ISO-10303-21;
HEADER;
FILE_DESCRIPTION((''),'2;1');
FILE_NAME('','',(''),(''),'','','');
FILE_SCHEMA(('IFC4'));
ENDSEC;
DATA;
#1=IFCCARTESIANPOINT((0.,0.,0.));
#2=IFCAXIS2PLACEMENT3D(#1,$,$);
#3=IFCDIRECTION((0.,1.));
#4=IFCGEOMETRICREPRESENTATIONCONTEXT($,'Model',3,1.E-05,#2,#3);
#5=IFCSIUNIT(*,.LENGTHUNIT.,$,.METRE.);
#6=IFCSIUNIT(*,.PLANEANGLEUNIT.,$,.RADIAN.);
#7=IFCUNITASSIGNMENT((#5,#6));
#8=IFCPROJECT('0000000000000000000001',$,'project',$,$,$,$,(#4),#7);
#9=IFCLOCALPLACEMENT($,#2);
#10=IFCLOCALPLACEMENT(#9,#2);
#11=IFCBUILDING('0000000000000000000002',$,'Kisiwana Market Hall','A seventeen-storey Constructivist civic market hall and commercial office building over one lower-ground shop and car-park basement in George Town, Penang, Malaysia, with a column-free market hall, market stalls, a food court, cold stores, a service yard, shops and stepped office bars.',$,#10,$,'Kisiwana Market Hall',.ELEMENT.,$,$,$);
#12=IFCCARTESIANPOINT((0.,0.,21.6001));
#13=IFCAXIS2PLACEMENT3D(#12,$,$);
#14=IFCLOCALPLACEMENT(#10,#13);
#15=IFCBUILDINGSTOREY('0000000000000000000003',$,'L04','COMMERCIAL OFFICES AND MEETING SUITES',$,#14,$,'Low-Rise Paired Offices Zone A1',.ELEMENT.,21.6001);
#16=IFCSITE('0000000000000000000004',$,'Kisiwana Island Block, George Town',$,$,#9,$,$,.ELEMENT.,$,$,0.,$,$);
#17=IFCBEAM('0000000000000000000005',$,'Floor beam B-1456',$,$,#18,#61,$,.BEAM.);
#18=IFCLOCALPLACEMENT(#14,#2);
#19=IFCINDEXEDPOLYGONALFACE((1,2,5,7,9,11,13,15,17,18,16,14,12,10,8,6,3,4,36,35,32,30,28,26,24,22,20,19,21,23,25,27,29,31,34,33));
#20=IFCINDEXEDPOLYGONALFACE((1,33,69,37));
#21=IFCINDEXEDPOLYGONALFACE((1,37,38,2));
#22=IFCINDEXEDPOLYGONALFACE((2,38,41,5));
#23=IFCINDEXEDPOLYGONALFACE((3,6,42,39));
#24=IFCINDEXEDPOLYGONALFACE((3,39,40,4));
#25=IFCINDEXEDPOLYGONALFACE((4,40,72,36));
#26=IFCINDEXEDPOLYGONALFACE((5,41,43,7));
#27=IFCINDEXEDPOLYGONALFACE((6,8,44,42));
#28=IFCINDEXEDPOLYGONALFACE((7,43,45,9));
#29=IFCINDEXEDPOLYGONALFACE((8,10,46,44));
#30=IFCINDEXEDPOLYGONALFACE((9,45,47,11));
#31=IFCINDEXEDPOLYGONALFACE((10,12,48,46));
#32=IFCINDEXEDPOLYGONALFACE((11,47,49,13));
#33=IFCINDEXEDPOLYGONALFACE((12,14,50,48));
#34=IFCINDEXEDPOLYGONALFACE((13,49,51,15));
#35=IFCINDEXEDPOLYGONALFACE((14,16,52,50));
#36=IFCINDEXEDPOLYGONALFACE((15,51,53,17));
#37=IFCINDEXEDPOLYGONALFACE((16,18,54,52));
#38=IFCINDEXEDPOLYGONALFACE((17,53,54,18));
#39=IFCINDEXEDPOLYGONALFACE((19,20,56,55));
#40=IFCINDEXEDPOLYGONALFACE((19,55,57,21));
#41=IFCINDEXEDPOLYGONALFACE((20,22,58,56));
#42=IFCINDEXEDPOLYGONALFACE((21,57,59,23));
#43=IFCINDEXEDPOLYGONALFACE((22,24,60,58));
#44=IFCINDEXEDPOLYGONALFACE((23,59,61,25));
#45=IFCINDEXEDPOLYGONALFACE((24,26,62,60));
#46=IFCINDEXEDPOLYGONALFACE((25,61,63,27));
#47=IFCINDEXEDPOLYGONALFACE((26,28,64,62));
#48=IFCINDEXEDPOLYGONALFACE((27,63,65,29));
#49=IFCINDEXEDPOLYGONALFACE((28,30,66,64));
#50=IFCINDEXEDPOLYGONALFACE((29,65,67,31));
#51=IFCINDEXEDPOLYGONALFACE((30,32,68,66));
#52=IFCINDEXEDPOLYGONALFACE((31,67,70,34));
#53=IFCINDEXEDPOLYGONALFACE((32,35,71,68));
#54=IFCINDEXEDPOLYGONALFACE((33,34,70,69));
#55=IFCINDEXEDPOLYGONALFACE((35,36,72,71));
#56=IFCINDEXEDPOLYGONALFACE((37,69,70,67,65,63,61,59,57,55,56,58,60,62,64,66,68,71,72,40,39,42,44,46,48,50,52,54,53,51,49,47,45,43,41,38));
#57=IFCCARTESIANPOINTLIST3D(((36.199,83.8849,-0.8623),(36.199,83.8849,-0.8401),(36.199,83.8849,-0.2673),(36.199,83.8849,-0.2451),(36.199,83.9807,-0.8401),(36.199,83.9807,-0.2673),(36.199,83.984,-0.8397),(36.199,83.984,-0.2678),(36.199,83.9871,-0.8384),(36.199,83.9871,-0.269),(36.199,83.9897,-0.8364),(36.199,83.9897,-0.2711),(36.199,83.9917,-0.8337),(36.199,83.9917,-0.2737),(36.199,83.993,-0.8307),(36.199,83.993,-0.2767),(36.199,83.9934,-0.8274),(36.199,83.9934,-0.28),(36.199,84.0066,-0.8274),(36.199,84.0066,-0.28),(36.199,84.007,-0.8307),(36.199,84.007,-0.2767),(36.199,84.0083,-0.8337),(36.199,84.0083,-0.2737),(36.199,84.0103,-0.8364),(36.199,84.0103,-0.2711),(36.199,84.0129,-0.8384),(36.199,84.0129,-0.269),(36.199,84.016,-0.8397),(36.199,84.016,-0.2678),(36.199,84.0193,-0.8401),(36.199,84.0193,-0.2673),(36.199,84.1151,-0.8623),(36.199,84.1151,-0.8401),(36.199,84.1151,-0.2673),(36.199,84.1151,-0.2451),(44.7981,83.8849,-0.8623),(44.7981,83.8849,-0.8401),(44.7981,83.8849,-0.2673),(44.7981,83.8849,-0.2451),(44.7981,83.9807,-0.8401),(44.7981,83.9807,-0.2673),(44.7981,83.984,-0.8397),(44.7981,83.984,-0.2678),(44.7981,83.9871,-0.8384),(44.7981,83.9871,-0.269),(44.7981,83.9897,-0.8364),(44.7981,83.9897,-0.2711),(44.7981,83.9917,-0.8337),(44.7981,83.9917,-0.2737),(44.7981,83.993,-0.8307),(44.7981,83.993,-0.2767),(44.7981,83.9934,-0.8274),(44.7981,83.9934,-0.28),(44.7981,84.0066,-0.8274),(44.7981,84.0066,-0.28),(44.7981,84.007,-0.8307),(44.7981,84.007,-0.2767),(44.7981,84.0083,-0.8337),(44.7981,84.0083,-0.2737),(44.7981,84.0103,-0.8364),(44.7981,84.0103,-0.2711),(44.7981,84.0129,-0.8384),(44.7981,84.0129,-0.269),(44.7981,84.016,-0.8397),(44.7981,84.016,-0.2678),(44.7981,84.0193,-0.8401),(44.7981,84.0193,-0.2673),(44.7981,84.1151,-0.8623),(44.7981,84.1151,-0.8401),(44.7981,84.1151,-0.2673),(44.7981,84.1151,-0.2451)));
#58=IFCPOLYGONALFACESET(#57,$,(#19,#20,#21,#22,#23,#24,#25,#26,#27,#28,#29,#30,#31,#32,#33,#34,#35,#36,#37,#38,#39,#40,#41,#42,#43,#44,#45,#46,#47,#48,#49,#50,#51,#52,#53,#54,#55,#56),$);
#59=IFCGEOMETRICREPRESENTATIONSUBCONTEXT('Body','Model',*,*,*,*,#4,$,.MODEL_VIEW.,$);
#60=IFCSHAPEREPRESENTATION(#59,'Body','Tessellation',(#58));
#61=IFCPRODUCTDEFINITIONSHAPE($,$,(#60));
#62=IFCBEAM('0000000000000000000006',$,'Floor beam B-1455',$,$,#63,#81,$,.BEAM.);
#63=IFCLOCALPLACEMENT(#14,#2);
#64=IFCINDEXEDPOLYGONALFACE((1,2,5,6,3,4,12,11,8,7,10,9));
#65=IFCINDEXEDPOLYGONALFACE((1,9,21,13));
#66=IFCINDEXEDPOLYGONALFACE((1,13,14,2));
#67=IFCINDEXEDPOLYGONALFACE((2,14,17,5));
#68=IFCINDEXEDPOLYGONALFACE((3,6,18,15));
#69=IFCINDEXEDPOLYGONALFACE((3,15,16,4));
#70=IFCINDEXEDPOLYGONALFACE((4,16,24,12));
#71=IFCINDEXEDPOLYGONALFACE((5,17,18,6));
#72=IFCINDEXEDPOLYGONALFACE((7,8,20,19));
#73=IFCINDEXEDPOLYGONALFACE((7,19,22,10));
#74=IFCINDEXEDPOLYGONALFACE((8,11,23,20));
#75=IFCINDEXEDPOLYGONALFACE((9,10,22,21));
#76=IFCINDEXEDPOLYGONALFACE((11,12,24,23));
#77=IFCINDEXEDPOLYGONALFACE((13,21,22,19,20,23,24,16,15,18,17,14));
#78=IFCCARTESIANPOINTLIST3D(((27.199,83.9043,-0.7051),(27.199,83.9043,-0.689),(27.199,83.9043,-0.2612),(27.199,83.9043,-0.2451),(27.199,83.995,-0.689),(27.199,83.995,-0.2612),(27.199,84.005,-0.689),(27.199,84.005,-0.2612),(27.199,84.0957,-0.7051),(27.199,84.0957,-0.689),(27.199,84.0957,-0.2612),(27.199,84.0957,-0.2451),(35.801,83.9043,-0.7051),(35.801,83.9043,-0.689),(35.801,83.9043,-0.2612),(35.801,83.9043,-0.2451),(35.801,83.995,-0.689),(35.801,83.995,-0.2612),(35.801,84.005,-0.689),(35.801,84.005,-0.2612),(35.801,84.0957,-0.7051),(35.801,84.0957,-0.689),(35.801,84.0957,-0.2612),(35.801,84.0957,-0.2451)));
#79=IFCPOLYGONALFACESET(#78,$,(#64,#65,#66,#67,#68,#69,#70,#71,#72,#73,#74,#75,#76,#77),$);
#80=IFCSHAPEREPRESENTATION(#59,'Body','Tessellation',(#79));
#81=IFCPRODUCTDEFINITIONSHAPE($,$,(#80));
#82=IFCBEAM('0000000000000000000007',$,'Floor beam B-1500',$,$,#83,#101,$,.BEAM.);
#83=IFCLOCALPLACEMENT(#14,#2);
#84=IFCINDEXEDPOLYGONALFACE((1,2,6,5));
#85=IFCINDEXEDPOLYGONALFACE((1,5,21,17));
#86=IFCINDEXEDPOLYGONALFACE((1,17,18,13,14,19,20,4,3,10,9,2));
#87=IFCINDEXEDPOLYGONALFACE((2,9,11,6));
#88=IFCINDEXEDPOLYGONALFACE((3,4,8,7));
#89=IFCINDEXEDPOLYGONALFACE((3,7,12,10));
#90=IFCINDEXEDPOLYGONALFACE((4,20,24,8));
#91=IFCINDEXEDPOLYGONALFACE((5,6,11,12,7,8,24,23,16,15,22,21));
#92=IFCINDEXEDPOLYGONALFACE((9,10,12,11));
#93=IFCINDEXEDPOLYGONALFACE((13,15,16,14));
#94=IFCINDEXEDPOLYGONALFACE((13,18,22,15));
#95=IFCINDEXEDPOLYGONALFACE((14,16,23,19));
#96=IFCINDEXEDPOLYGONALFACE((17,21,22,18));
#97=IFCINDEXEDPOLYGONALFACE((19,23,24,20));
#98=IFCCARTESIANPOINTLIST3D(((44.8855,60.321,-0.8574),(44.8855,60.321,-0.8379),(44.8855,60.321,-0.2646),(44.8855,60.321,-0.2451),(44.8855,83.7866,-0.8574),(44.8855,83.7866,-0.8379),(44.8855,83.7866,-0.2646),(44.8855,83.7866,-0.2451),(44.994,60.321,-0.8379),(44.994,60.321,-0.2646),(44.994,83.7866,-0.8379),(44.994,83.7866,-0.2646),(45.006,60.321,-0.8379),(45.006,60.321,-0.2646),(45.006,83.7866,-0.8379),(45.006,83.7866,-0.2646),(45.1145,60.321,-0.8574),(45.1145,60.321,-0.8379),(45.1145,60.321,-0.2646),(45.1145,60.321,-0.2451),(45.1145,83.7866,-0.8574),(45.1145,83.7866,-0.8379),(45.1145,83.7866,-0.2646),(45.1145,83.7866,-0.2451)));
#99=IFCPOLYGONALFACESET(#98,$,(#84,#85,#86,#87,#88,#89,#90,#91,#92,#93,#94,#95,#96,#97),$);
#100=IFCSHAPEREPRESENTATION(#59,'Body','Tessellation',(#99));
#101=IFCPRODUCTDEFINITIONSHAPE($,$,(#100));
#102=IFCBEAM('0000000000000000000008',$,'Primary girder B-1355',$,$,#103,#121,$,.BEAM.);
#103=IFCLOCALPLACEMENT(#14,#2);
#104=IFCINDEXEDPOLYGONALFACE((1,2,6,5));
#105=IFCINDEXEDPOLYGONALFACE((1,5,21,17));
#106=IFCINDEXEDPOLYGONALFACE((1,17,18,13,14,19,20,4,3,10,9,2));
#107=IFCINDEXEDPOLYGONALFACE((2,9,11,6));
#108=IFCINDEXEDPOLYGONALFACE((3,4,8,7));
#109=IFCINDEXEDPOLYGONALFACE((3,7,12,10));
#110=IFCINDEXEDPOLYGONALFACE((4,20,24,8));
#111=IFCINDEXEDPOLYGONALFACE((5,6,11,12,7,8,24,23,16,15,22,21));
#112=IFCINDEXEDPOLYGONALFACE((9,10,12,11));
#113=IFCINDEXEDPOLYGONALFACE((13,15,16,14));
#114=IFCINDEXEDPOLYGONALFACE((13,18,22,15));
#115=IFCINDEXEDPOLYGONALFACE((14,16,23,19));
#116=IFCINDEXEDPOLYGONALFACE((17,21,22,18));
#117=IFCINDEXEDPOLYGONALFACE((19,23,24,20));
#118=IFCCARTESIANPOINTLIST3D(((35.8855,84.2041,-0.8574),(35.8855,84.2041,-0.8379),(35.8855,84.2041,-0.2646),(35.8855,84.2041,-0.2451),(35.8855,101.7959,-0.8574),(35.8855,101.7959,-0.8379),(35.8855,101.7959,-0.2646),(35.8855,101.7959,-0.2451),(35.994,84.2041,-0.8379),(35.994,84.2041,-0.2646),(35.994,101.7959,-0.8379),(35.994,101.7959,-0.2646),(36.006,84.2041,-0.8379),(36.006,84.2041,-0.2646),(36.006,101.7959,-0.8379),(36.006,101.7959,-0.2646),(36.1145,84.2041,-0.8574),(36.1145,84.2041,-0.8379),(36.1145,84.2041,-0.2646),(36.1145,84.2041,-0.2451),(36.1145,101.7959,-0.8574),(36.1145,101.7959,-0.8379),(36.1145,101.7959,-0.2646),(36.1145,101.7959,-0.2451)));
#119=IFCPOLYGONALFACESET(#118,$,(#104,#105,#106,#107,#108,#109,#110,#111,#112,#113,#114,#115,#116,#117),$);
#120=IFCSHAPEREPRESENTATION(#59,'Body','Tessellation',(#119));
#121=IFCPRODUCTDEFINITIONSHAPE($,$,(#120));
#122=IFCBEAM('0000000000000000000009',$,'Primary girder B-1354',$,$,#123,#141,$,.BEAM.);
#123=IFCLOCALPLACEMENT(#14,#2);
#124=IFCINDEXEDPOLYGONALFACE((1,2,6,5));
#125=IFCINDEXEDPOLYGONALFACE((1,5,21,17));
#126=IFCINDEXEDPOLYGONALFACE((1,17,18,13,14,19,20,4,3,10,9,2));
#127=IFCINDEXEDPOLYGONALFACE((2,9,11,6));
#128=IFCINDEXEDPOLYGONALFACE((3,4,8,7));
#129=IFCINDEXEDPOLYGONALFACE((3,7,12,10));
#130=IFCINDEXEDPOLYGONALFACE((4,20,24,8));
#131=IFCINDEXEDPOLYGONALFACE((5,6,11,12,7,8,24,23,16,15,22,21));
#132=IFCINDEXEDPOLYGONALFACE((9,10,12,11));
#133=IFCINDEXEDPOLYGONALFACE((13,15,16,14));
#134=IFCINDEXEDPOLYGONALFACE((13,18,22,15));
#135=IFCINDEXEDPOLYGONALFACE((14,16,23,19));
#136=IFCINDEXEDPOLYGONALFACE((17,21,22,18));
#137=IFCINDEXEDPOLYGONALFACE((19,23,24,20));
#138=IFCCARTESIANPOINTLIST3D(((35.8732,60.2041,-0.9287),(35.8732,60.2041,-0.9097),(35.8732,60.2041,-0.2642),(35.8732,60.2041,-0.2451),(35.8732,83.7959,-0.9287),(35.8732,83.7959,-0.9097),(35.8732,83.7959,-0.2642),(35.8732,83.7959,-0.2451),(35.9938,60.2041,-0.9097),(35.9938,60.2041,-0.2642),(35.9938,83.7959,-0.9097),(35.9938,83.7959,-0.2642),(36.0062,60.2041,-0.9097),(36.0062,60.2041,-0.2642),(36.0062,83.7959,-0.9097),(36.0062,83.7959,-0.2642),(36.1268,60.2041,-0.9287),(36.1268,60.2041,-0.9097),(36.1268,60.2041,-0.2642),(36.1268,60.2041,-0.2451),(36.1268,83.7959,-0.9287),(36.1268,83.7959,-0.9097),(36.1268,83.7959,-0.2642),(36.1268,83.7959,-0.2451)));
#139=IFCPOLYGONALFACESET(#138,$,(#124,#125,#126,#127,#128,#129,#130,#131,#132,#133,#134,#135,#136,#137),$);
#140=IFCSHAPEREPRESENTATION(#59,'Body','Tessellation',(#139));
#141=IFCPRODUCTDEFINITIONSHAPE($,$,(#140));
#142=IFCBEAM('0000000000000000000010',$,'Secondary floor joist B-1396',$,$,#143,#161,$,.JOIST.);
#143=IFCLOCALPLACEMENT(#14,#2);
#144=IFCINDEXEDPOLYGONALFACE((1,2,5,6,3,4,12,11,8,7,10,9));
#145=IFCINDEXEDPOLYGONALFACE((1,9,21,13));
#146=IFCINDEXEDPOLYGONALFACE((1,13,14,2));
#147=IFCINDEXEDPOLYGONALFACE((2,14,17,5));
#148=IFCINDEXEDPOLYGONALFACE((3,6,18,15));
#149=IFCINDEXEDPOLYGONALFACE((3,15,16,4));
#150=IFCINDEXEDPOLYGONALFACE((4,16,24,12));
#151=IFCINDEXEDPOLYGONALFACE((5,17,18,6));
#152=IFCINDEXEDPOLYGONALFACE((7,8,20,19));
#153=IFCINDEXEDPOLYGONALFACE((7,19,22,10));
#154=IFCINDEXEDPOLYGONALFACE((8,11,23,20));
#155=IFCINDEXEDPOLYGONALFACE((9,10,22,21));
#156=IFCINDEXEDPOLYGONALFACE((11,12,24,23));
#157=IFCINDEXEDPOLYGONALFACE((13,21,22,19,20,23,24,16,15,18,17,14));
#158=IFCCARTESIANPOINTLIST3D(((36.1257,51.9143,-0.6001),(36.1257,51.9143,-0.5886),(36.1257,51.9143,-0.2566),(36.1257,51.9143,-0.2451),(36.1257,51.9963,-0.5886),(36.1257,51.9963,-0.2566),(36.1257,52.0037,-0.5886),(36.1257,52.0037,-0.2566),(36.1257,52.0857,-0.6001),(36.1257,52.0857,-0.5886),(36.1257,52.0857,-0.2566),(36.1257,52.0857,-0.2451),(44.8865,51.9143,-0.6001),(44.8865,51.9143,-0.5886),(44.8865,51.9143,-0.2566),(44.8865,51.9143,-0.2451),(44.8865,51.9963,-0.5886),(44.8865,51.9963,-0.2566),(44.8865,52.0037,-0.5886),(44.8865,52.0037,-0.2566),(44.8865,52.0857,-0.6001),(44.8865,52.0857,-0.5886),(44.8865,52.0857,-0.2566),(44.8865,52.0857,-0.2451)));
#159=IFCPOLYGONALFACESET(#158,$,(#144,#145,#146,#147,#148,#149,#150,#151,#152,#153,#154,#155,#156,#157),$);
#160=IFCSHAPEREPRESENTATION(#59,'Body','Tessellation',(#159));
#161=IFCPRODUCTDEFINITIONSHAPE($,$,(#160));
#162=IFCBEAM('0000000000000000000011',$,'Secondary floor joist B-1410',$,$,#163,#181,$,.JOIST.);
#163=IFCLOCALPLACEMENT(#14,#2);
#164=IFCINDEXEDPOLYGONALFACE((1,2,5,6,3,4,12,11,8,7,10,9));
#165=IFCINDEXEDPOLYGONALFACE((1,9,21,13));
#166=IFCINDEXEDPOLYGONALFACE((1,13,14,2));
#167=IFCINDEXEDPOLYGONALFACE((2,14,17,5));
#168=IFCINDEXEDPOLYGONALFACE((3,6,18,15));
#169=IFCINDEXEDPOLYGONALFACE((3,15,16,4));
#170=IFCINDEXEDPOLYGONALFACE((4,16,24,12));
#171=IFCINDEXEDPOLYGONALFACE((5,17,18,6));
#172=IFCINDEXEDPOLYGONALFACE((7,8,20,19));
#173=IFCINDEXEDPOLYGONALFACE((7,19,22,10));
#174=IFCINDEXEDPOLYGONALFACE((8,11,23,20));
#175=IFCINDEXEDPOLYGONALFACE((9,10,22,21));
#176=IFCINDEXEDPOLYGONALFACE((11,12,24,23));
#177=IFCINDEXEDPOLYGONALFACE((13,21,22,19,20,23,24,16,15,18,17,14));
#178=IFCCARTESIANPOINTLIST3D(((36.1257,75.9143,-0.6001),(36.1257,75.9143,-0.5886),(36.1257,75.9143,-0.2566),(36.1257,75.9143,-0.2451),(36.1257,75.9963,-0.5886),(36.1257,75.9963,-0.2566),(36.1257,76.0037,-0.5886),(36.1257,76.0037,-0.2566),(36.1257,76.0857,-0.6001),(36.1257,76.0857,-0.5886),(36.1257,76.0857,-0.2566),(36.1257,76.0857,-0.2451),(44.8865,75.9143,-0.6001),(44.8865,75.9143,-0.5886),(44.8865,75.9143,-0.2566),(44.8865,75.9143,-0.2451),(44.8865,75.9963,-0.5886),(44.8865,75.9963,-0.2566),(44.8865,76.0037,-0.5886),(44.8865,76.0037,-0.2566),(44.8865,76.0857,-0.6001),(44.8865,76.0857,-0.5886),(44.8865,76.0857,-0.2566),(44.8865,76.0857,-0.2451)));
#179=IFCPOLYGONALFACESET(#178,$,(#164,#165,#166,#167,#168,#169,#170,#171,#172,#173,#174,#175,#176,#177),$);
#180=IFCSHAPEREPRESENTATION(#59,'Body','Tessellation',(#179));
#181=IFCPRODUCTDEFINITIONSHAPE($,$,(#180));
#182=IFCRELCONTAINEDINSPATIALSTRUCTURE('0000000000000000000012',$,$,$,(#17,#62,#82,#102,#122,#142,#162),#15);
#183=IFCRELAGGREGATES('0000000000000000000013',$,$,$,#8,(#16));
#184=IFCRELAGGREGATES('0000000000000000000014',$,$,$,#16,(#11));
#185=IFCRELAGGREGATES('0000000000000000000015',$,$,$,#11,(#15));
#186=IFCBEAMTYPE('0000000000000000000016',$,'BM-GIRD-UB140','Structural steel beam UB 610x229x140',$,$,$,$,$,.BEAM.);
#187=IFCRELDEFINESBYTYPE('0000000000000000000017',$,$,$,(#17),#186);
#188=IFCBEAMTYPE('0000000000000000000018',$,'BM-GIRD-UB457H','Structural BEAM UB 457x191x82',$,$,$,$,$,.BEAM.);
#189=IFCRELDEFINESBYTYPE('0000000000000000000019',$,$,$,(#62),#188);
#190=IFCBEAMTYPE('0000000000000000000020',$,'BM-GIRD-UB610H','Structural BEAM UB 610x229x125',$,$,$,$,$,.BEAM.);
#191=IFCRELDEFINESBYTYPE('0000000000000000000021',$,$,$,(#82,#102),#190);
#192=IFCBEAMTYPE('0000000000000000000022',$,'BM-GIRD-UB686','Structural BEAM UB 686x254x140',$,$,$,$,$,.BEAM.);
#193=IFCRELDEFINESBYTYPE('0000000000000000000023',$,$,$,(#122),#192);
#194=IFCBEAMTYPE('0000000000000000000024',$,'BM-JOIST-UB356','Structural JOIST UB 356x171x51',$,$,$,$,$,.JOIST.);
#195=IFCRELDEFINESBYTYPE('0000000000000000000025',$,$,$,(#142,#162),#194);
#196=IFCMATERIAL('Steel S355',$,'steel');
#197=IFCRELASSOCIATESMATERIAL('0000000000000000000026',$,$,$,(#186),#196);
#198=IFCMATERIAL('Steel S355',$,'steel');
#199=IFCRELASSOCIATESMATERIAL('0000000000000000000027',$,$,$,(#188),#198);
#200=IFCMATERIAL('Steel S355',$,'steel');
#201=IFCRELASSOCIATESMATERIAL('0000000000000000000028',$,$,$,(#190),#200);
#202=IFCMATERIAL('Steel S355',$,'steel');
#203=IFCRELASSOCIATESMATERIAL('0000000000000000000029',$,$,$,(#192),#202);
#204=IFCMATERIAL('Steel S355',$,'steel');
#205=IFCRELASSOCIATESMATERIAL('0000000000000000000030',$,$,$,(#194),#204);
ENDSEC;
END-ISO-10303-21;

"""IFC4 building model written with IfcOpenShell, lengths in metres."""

from ifc_helpers import new_model, si_unit, direction, frame, origin, origin_2d, place, context, subcontext, project, spatial, i_section, extrude, material, material_profile, profile_set, type_object, element, save


model = new_model("IFC4")

# Units and contexts
model_context = context("Model", 3, precision=1e-05, world=origin(), true_north=direction((0.0, 1.0)))
body_context = subcontext(model_context, "Body", "Model", "MODEL_VIEW")
ifc_project = project(units=[si_unit("LENGTHUNIT", "METRE"), si_unit("PLANEANGLEUNIT", "RADIAN")], contexts=[model_context])

# Site, building, storey
site_placement = place(None, origin())
site = spatial("IfcSite", under=ifc_project, at=site_placement, Name="Kisiwana Island Block, George Town", CompositionType="ELEMENT", RefElevation=0.0)
building_placement = place(site_placement, origin())
building = spatial("IfcBuilding", under=site, at=building_placement, Name="Kisiwana Market Hall", Description="A seventeen-storey Constructivist civic market hall and commercial office building over one lower-ground shop and car-park basement in George Town, Penang, Malaysia, with a column-free market hall, market stalls, a food court, cold stores, a service yard, shops and stepped office bars.", LongName="Kisiwana Market Hall", CompositionType="ELEMENT")
storey_placement = place(building_placement, frame((0.0, 0.0, 21.6001)))
storey = spatial("IfcBuildingStorey", under=building, at=storey_placement, Name="L04", Description="COMMERCIAL OFFICES AND MEETING SUITES", LongName="Low-Rise Paired Offices Zone A1", CompositionType="ELEMENT", Elevation=21.6001)

# Beams
ifc_material_1 = material(Name="Steel S355", Category="steel")
ifc_material_profile_1 = material_profile(ifc_material_1, i_section(OverallWidth=0.2302, OverallDepth=0.6172, WebThickness=0.0132, FlangeThickness=0.0222, FilletRadius=0.0127, at=origin_2d()), Name="UB 610x229x140")
ifc_profile_set_1 = profile_set([ifc_material_profile_1], Name="Steel S355")
beam_type_1 = type_object("IfcBeamType", Name="BM-GIRD-UB140", Description="Structural steel beam UB 610x229x140", PredefinedType="BEAM", material=ifc_profile_set_1)
beam_1_placement = place(storey_placement, frame((36.199, 84.0, -0.5537), z_axis=(1.0, 0.0, 0.0), x_axis=(0.0, 1.0, 0.0)))
element("IfcBeam", 1, at=beam_1_placement, inside=storey, type_object=beam_type_1, Name="Floor beam B-1456", PredefinedType="BEAM", context=body_context, shape_type="SweptSolid", body=[
    extrude(i_section(OverallWidth=0.2302, OverallDepth=0.6172, WebThickness=0.0132, FlangeThickness=0.0222, FilletRadius=0.0127, at=origin_2d()), origin(), (0.0, 0.0, 1.0), 8.5991),
])
ifc_material_2 = material(Name="Steel S355", Category="steel")
ifc_material_profile_2 = material_profile(ifc_material_2, i_section(OverallWidth=0.1914, OverallDepth=0.46, WebThickness=0.01, FlangeThickness=0.0161, at=origin_2d()), Name="UB 457x191x82")
ifc_profile_set_2 = profile_set([ifc_material_profile_2], Name="Steel S355")
beam_type_2 = type_object("IfcBeamType", Name="BM-GIRD-UB457H", Description="Structural BEAM UB 457x191x82", PredefinedType="BEAM", material=ifc_profile_set_2)
beam_2_placement = place(storey_placement, frame((27.199, 84.0, -0.4751), z_axis=(1.0, 0.0, 0.0), x_axis=(0.0, 1.0, 0.0)))
element("IfcBeam", 2, at=beam_2_placement, inside=storey, type_object=beam_type_2, Name="Floor beam B-1455", PredefinedType="BEAM", context=body_context, shape_type="SweptSolid", body=[
    extrude(i_section(OverallWidth=0.1914, OverallDepth=0.46, WebThickness=0.01, FlangeThickness=0.0161, at=origin_2d()), origin(), (0.0, 0.0, 1.0), 8.6021),
])
ifc_material_3 = material(Name="Steel S355", Category="steel")
ifc_material_profile_3 = material_profile(ifc_material_3, i_section(OverallWidth=0.229, OverallDepth=0.6123, WebThickness=0.012, FlangeThickness=0.0195, at=origin_2d()), Name="UB 610x229x125")
ifc_profile_set_3 = profile_set([ifc_material_profile_3], Name="Steel S355")
beam_type_3 = type_object("IfcBeamType", Name="BM-GIRD-UB610H", Description="Structural BEAM UB 610x229x125", PredefinedType="BEAM", material=ifc_profile_set_3)
beam_3_placement = place(storey_placement, frame((45.0, 60.321, -0.5513), z_axis=(0.0, 1.0, 0.0), x_axis=(-1.0, 0.0, 0.0)))
element("IfcBeam", 3, at=beam_3_placement, inside=storey, type_object=beam_type_3, Name="Floor beam B-1500", PredefinedType="BEAM", context=body_context, shape_type="SweptSolid", body=[
    extrude(i_section(OverallWidth=0.229, OverallDepth=0.6123, WebThickness=0.012, FlangeThickness=0.0195, at=origin_2d()), origin(), (0.0, 0.0, 1.0), 23.4656),
])
beam_4_placement = place(storey_placement, frame((36.0, 84.2041, -0.5513), z_axis=(0.0, 1.0, 0.0), x_axis=(-1.0, 0.0, 0.0)))
element("IfcBeam", 4, at=beam_4_placement, inside=storey, type_object=beam_type_3, Name="Primary girder B-1355", PredefinedType="BEAM", context=body_context, shape_type="SweptSolid", body=[
    extrude(i_section(OverallWidth=0.229, OverallDepth=0.6123, WebThickness=0.012, FlangeThickness=0.0195, at=origin_2d()), origin(), (0.0, 0.0, 1.0), 17.5918),
])
ifc_material_4 = material(Name="Steel S355", Category="steel")
ifc_material_profile_4 = material_profile(ifc_material_4, i_section(OverallWidth=0.2537, OverallDepth=0.6836, WebThickness=0.0125, FlangeThickness=0.019, at=origin_2d()), Name="UB 686x254x140")
ifc_profile_set_4 = profile_set([ifc_material_profile_4], Name="Steel S355")
beam_type_4 = type_object("IfcBeamType", Name="BM-GIRD-UB686", Description="Structural BEAM UB 686x254x140", PredefinedType="BEAM", material=ifc_profile_set_4)
beam_5_placement = place(storey_placement, frame((36.0, 60.2041, -0.5869), z_axis=(0.0, 1.0, 0.0), x_axis=(-1.0, 0.0, 0.0)))
element("IfcBeam", 5, at=beam_5_placement, inside=storey, type_object=beam_type_4, Name="Primary girder B-1354", PredefinedType="BEAM", context=body_context, shape_type="SweptSolid", body=[
    extrude(i_section(OverallWidth=0.2537, OverallDepth=0.6836, WebThickness=0.0125, FlangeThickness=0.019, at=origin_2d()), origin(), (0.0, 0.0, 1.0), 23.5918),
])
ifc_material_5 = material(Name="Steel S355", Category="steel")
ifc_material_profile_5 = material_profile(ifc_material_5, i_section(OverallWidth=0.1714, OverallDepth=0.355, WebThickness=0.0073, FlangeThickness=0.0115, at=origin_2d()), Name="UB 356x171x51")
ifc_profile_set_5 = profile_set([ifc_material_profile_5], Name="Steel S355")
beam_type_5 = type_object("IfcBeamType", Name="BM-JOIST-UB356", Description="Structural JOIST UB 356x171x51", PredefinedType="JOIST", material=ifc_profile_set_5)
for number, where, z_axis, x_axis, name in (
    (6, (36.1257, 52.0, -0.4226), (1.0, 0.0, 0.0), (0.0, 1.0, 0.0), "Secondary floor joist B-1396"),
    (7, (36.1257, 76.0, -0.4226), (1.0, 0.0, 0.0), (0.0, 1.0, 0.0), "Secondary floor joist B-1410"),
):
    element("IfcBeam", number, at=place(storey_placement, frame(where, z_axis=z_axis, x_axis=x_axis)), inside=storey, type_object=beam_type_5, Name=name, PredefinedType="JOIST", context=body_context, shape_type="SweptSolid", body=[
        extrude(i_section(OverallWidth=0.1714, OverallDepth=0.355, WebThickness=0.0073, FlangeThickness=0.0115, at=origin_2d()), origin(), (0.0, 0.0, 1.0), 8.7607),
    ])

save(model, "model.ifc")
